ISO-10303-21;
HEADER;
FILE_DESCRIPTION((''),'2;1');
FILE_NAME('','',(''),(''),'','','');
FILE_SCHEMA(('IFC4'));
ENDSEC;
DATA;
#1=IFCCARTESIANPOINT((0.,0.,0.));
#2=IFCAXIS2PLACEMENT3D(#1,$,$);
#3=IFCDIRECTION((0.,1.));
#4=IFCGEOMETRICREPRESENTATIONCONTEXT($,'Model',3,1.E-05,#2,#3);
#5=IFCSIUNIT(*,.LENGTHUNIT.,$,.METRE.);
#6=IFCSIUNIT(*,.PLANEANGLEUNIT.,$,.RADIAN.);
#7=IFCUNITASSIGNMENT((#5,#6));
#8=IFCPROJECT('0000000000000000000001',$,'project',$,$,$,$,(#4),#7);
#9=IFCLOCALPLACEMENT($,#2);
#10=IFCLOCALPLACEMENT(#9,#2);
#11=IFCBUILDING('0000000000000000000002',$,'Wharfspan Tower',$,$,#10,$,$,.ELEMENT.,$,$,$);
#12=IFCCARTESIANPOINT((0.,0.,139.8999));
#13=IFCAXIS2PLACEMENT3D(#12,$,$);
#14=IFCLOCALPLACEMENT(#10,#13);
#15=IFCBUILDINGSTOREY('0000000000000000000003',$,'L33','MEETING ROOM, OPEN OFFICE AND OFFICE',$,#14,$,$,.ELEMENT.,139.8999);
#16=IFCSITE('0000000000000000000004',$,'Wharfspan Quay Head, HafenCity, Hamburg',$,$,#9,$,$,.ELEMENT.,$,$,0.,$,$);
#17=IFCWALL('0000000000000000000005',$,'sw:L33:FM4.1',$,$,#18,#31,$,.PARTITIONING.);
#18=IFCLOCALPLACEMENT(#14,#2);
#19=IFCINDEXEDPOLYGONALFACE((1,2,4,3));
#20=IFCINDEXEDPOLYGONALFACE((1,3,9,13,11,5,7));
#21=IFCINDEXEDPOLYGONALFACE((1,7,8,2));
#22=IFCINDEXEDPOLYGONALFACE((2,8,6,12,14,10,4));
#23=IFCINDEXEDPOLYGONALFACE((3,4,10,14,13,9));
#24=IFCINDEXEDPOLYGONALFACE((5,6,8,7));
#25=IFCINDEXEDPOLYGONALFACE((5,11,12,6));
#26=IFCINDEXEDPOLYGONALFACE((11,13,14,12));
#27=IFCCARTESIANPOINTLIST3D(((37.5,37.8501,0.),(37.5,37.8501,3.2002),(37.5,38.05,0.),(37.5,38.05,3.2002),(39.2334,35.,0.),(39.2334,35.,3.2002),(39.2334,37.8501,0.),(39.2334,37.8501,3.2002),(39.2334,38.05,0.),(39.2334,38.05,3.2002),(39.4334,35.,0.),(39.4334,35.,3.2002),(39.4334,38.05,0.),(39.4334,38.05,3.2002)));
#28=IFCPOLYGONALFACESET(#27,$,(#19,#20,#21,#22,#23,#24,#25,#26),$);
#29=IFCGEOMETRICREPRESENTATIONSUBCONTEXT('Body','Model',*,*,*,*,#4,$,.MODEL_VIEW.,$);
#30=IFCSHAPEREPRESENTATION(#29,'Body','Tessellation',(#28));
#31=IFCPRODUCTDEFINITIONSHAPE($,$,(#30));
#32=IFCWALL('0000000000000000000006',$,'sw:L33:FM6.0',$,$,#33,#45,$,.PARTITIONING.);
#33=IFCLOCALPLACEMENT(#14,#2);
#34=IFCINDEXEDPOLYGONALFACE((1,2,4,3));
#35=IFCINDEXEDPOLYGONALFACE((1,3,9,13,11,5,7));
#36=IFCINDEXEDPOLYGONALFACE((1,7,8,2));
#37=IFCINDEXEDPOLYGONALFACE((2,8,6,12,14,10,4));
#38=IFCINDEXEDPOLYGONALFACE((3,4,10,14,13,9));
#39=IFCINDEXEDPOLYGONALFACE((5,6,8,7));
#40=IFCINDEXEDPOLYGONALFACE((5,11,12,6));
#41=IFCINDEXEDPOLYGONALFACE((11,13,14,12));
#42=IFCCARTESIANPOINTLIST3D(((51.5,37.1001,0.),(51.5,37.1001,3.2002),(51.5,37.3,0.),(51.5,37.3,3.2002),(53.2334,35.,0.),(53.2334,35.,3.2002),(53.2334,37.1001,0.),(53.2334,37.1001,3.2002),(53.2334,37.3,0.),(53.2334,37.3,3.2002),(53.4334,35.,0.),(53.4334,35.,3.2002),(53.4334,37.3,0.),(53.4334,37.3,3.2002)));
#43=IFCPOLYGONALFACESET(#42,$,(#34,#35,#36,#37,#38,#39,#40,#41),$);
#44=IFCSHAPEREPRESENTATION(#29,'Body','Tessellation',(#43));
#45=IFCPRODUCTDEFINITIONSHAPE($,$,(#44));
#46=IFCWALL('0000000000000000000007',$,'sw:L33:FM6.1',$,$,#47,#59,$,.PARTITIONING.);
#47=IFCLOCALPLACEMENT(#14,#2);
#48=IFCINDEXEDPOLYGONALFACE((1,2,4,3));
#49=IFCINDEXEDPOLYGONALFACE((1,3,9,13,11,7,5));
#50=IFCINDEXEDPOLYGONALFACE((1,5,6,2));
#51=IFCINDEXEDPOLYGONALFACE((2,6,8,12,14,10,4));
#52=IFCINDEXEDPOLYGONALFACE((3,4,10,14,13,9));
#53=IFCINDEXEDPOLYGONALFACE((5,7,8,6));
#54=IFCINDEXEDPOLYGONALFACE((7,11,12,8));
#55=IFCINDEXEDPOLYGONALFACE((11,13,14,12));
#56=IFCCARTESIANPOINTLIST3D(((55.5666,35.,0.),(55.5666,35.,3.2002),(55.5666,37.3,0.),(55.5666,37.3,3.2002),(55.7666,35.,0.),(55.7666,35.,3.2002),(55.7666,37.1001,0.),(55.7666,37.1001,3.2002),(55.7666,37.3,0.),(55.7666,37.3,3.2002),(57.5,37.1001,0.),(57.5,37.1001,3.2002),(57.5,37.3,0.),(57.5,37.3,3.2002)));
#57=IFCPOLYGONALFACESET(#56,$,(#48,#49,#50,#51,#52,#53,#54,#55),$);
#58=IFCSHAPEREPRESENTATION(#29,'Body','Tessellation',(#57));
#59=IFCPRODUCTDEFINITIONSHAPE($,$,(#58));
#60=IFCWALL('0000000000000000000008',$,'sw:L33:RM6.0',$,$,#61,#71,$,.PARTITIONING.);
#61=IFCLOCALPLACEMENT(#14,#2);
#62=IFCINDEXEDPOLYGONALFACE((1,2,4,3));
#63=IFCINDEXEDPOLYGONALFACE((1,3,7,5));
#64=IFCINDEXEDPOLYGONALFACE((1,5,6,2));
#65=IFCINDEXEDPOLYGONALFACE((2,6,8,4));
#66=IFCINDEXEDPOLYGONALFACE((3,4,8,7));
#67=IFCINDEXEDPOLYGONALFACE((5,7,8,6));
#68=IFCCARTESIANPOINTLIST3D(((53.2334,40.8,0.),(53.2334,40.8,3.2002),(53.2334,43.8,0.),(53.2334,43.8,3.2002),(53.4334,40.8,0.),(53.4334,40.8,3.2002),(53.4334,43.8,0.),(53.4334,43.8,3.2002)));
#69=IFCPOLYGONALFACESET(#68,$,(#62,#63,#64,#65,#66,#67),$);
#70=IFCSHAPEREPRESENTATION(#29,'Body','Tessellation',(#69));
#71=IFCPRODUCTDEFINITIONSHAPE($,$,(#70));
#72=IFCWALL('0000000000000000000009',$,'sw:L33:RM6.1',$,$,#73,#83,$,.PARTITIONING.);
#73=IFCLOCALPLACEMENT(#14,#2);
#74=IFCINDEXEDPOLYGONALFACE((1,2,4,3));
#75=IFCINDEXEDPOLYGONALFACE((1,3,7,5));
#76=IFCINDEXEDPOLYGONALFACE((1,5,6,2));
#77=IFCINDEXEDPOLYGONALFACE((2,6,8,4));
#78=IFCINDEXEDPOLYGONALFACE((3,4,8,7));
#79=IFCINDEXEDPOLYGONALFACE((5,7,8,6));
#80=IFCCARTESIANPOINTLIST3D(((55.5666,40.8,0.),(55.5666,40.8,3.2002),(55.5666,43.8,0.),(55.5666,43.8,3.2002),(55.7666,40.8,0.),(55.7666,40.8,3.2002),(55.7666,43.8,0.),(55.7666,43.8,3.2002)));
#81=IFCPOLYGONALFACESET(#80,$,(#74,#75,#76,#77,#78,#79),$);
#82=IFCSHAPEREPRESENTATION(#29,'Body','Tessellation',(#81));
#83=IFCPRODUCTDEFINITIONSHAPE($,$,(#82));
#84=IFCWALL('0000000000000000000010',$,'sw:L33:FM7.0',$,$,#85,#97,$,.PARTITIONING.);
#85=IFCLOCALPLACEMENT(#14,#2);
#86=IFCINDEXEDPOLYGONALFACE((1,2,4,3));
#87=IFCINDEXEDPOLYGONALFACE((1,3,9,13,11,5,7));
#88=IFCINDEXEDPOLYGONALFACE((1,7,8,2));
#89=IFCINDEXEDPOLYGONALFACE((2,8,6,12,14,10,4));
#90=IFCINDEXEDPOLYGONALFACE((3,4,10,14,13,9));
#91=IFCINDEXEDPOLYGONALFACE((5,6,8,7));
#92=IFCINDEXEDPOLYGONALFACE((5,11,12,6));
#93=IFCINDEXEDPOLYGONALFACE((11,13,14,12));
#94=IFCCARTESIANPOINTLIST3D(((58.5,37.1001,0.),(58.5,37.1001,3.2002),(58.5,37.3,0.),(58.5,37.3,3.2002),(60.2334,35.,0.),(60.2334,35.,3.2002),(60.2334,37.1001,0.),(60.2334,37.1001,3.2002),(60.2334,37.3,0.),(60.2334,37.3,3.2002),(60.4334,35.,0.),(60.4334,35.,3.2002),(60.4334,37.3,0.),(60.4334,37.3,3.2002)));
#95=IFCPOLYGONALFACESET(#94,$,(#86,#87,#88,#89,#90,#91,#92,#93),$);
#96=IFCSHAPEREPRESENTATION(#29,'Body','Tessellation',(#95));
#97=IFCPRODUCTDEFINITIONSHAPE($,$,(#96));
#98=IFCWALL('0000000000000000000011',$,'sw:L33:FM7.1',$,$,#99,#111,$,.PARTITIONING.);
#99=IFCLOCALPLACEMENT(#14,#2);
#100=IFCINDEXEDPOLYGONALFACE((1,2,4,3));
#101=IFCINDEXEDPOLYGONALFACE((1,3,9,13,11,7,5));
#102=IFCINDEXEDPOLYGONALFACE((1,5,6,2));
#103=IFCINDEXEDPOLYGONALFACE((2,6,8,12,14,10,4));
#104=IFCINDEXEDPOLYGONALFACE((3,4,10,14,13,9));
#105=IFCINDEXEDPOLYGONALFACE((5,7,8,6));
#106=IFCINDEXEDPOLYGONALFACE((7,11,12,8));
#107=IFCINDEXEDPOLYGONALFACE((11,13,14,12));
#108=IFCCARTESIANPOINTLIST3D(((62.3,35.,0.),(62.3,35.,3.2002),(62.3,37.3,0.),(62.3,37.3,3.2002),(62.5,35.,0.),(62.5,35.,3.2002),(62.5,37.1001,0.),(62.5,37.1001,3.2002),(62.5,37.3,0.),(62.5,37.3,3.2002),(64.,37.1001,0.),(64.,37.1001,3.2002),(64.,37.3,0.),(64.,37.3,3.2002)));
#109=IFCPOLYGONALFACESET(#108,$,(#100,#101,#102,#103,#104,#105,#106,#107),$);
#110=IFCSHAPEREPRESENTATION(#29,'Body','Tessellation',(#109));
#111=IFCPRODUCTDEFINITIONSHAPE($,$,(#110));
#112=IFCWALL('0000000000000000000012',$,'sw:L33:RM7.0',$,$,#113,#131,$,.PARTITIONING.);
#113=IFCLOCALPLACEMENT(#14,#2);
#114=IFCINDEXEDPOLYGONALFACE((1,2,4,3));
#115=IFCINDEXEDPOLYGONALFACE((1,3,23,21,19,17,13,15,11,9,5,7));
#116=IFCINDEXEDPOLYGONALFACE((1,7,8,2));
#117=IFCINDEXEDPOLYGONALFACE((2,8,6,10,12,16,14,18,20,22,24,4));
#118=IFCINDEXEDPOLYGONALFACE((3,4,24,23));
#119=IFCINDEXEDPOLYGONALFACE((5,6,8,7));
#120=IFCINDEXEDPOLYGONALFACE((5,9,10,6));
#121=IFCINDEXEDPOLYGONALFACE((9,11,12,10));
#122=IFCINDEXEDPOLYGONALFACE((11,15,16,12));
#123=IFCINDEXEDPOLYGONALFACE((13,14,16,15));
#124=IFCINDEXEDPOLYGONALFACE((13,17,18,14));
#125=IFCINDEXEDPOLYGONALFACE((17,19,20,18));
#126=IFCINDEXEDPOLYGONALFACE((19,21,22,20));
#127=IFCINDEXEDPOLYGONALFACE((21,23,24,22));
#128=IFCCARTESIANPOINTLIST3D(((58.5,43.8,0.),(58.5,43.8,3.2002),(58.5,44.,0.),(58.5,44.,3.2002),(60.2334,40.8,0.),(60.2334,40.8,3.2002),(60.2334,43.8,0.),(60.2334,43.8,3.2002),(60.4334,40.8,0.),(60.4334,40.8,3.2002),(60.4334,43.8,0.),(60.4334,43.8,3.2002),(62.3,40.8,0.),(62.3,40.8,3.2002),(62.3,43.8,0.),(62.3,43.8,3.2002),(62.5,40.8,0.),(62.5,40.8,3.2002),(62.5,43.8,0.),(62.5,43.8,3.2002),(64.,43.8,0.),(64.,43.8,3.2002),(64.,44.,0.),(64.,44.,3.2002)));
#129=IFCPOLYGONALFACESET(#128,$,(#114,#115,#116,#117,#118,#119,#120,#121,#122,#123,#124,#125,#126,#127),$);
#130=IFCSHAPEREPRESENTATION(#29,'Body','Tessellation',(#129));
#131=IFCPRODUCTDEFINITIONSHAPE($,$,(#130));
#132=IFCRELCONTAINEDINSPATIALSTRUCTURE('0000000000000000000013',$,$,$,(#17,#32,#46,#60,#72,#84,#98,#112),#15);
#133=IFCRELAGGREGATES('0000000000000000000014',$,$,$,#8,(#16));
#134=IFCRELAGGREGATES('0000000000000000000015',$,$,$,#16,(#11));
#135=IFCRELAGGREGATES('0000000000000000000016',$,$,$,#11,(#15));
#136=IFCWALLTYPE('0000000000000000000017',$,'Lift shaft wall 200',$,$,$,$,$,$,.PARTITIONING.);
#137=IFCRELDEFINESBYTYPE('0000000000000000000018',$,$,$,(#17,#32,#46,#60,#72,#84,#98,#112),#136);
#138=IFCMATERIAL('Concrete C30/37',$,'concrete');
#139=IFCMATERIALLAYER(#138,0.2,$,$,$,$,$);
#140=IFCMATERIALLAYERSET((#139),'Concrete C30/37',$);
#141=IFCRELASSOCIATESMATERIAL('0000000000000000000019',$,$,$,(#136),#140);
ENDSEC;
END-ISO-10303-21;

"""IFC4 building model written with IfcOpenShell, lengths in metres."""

from ifc_helpers import new_model, si_unit, direction, frame, origin, place, context, subcontext, project, spatial, polyline, outline, extrude, material, layer, layer_set, type_object, element, save


model = new_model("IFC4")

# Units and contexts
model_context = context("Model", 3, precision=1e-05, world=origin(), true_north=direction((0.0, 1.0)))
body_context = subcontext(model_context, "Body", "Model", "MODEL_VIEW")
ifc_project = project(units=[si_unit("LENGTHUNIT", "METRE"), si_unit("PLANEANGLEUNIT", "RADIAN")], contexts=[model_context])

# Site, building, storey
site_placement = place(None, origin())
site = spatial("IfcSite", under=ifc_project, at=site_placement, Name="Wharfspan Quay Head, HafenCity, Hamburg", CompositionType="ELEMENT", RefElevation=0.0)
building_placement = place(site_placement, origin())
building = spatial("IfcBuilding", under=site, at=building_placement, Name="Wharfspan Tower", CompositionType="ELEMENT")
storey_placement = place(building_placement, frame((0.0, 0.0, 139.8999)))
storey = spatial("IfcBuildingStorey", under=building, at=storey_placement, Name="L33", Description="MEETING ROOM, OPEN OFFICE AND OFFICE", CompositionType="ELEMENT", Elevation=139.8999)

# Walls
ifc_material_1 = material(Name="Concrete C30/37", Category="concrete")
ifc_layer_1 = layer(ifc_material_1, 0.2)
ifc_layer_set_1 = layer_set([ifc_layer_1], Name="Concrete C30/37")
wall_type_1 = type_object("IfcWallType", Name="Lift shaft wall 200", PredefinedType="PARTITIONING", material=ifc_layer_set_1)
wall_1_placement = place(storey_placement, origin())
element("IfcWall", 1, at=wall_1_placement, inside=storey, type_object=wall_type_1, Name="sw:L33:FM4.1", PredefinedType="PARTITIONING", context=body_context, shape_type="SweptSolid", body=[
    extrude(outline(polyline([(39.2334, 37.8501), (37.5, 37.8501), (37.5, 38.05), (39.2334, 38.05), (39.4333, 38.05), (39.4333, 35.0), (39.2334, 35.0), (39.2334, 37.8501)])), origin(), (0.0, 0.0, 1.0), 3.2002),
])
wall_2_placement = place(storey_placement, origin())
element("IfcWall", 2, at=wall_2_placement, inside=storey, type_object=wall_type_1, Name="sw:L33:FM6.0", PredefinedType="PARTITIONING", context=body_context, shape_type="SweptSolid", body=[
    extrude(outline(polyline([(53.2334, 37.1001), (51.5, 37.1001), (51.5, 37.3), (53.2334, 37.3), (53.4333, 37.3), (53.4333, 35.0), (53.2334, 35.0), (53.2334, 37.1001)])), origin(), (0.0, 0.0, 1.0), 3.2002),
])
wall_3_placement = place(storey_placement, origin())
element("IfcWall", 3, at=wall_3_placement, inside=storey, type_object=wall_type_1, Name="sw:L33:FM6.1", PredefinedType="PARTITIONING", context=body_context, shape_type="SweptSolid", body=[
    extrude(outline(polyline([(55.5667, 37.3), (55.7666, 37.3), (57.5, 37.3), (57.5, 37.1001), (55.7666, 37.1001), (55.7666, 35.0), (55.5667, 35.0), (55.5667, 37.3)])), origin(), (0.0, 0.0, 1.0), 3.2002),
])
wall_4_placement = place(storey_placement, origin())
element("IfcWall", 4, at=wall_4_placement, inside=storey, type_object=wall_type_1, Name="sw:L33:RM6.0", PredefinedType="PARTITIONING", context=body_context, shape_type="SweptSolid", body=[
    extrude(outline(polyline([(53.2334, 40.8), (53.2334, 43.8), (53.4333, 43.8), (53.4333, 40.8), (53.2334, 40.8)])), origin(), (0.0, 0.0, 1.0), 3.2002),
])
wall_5_placement = place(storey_placement, origin())
element("IfcWall", 5, at=wall_5_placement, inside=storey, type_object=wall_type_1, Name="sw:L33:RM6.1", PredefinedType="PARTITIONING", context=body_context, shape_type="SweptSolid", body=[
    extrude(outline(polyline([(55.5667, 40.8), (55.5667, 43.8), (55.7666, 43.8), (55.7666, 40.8), (55.5667, 40.8)])), origin(), (0.0, 0.0, 1.0), 3.2002),
])
wall_6_placement = place(storey_placement, origin())
element("IfcWall", 6, at=wall_6_placement, inside=storey, type_object=wall_type_1, Name="sw:L33:FM7.0", PredefinedType="PARTITIONING", context=body_context, shape_type="SweptSolid", body=[
    extrude(outline(polyline([(60.2334, 37.1001), (58.5, 37.1001), (58.5, 37.3), (60.2334, 37.3), (60.4333, 37.3), (60.4333, 35.0), (60.2334, 35.0), (60.2334, 37.1001)])), origin(), (0.0, 0.0, 1.0), 3.2002),
])
wall_7_placement = place(storey_placement, origin())
element("IfcWall", 7, at=wall_7_placement, inside=storey, type_object=wall_type_1, Name="sw:L33:FM7.1", PredefinedType="PARTITIONING", context=body_context, shape_type="SweptSolid", body=[
    extrude(outline(polyline([(62.3, 37.3), (62.5, 37.3), (64.0, 37.3), (64.0, 37.1001), (62.5, 37.1001), (62.5, 35.0), (62.3, 35.0), (62.3, 37.3)])), origin(), (0.0, 0.0, 1.0), 3.2002),
])
wall_8_placement = place(storey_placement, origin())
element("IfcWall", 8, at=wall_8_placement, inside=storey, type_object=wall_type_1, Name="sw:L33:RM7.0", PredefinedType="PARTITIONING", context=body_context, shape_type="SweptSolid", body=[
    extrude(outline(polyline([(60.4333, 40.8), (60.2334, 40.8), (60.2334, 43.8), (58.5, 43.8), (58.5, 44.0), (64.0, 44.0), (64.0, 43.8), (62.5, 43.8), (62.5, 40.8), (62.3, 40.8), (62.3, 43.8), (60.4333, 43.8), (60.4333, 40.8)])), origin(), (0.0, 0.0, 1.0), 3.2002),
])

save(model, "model.ifc")
